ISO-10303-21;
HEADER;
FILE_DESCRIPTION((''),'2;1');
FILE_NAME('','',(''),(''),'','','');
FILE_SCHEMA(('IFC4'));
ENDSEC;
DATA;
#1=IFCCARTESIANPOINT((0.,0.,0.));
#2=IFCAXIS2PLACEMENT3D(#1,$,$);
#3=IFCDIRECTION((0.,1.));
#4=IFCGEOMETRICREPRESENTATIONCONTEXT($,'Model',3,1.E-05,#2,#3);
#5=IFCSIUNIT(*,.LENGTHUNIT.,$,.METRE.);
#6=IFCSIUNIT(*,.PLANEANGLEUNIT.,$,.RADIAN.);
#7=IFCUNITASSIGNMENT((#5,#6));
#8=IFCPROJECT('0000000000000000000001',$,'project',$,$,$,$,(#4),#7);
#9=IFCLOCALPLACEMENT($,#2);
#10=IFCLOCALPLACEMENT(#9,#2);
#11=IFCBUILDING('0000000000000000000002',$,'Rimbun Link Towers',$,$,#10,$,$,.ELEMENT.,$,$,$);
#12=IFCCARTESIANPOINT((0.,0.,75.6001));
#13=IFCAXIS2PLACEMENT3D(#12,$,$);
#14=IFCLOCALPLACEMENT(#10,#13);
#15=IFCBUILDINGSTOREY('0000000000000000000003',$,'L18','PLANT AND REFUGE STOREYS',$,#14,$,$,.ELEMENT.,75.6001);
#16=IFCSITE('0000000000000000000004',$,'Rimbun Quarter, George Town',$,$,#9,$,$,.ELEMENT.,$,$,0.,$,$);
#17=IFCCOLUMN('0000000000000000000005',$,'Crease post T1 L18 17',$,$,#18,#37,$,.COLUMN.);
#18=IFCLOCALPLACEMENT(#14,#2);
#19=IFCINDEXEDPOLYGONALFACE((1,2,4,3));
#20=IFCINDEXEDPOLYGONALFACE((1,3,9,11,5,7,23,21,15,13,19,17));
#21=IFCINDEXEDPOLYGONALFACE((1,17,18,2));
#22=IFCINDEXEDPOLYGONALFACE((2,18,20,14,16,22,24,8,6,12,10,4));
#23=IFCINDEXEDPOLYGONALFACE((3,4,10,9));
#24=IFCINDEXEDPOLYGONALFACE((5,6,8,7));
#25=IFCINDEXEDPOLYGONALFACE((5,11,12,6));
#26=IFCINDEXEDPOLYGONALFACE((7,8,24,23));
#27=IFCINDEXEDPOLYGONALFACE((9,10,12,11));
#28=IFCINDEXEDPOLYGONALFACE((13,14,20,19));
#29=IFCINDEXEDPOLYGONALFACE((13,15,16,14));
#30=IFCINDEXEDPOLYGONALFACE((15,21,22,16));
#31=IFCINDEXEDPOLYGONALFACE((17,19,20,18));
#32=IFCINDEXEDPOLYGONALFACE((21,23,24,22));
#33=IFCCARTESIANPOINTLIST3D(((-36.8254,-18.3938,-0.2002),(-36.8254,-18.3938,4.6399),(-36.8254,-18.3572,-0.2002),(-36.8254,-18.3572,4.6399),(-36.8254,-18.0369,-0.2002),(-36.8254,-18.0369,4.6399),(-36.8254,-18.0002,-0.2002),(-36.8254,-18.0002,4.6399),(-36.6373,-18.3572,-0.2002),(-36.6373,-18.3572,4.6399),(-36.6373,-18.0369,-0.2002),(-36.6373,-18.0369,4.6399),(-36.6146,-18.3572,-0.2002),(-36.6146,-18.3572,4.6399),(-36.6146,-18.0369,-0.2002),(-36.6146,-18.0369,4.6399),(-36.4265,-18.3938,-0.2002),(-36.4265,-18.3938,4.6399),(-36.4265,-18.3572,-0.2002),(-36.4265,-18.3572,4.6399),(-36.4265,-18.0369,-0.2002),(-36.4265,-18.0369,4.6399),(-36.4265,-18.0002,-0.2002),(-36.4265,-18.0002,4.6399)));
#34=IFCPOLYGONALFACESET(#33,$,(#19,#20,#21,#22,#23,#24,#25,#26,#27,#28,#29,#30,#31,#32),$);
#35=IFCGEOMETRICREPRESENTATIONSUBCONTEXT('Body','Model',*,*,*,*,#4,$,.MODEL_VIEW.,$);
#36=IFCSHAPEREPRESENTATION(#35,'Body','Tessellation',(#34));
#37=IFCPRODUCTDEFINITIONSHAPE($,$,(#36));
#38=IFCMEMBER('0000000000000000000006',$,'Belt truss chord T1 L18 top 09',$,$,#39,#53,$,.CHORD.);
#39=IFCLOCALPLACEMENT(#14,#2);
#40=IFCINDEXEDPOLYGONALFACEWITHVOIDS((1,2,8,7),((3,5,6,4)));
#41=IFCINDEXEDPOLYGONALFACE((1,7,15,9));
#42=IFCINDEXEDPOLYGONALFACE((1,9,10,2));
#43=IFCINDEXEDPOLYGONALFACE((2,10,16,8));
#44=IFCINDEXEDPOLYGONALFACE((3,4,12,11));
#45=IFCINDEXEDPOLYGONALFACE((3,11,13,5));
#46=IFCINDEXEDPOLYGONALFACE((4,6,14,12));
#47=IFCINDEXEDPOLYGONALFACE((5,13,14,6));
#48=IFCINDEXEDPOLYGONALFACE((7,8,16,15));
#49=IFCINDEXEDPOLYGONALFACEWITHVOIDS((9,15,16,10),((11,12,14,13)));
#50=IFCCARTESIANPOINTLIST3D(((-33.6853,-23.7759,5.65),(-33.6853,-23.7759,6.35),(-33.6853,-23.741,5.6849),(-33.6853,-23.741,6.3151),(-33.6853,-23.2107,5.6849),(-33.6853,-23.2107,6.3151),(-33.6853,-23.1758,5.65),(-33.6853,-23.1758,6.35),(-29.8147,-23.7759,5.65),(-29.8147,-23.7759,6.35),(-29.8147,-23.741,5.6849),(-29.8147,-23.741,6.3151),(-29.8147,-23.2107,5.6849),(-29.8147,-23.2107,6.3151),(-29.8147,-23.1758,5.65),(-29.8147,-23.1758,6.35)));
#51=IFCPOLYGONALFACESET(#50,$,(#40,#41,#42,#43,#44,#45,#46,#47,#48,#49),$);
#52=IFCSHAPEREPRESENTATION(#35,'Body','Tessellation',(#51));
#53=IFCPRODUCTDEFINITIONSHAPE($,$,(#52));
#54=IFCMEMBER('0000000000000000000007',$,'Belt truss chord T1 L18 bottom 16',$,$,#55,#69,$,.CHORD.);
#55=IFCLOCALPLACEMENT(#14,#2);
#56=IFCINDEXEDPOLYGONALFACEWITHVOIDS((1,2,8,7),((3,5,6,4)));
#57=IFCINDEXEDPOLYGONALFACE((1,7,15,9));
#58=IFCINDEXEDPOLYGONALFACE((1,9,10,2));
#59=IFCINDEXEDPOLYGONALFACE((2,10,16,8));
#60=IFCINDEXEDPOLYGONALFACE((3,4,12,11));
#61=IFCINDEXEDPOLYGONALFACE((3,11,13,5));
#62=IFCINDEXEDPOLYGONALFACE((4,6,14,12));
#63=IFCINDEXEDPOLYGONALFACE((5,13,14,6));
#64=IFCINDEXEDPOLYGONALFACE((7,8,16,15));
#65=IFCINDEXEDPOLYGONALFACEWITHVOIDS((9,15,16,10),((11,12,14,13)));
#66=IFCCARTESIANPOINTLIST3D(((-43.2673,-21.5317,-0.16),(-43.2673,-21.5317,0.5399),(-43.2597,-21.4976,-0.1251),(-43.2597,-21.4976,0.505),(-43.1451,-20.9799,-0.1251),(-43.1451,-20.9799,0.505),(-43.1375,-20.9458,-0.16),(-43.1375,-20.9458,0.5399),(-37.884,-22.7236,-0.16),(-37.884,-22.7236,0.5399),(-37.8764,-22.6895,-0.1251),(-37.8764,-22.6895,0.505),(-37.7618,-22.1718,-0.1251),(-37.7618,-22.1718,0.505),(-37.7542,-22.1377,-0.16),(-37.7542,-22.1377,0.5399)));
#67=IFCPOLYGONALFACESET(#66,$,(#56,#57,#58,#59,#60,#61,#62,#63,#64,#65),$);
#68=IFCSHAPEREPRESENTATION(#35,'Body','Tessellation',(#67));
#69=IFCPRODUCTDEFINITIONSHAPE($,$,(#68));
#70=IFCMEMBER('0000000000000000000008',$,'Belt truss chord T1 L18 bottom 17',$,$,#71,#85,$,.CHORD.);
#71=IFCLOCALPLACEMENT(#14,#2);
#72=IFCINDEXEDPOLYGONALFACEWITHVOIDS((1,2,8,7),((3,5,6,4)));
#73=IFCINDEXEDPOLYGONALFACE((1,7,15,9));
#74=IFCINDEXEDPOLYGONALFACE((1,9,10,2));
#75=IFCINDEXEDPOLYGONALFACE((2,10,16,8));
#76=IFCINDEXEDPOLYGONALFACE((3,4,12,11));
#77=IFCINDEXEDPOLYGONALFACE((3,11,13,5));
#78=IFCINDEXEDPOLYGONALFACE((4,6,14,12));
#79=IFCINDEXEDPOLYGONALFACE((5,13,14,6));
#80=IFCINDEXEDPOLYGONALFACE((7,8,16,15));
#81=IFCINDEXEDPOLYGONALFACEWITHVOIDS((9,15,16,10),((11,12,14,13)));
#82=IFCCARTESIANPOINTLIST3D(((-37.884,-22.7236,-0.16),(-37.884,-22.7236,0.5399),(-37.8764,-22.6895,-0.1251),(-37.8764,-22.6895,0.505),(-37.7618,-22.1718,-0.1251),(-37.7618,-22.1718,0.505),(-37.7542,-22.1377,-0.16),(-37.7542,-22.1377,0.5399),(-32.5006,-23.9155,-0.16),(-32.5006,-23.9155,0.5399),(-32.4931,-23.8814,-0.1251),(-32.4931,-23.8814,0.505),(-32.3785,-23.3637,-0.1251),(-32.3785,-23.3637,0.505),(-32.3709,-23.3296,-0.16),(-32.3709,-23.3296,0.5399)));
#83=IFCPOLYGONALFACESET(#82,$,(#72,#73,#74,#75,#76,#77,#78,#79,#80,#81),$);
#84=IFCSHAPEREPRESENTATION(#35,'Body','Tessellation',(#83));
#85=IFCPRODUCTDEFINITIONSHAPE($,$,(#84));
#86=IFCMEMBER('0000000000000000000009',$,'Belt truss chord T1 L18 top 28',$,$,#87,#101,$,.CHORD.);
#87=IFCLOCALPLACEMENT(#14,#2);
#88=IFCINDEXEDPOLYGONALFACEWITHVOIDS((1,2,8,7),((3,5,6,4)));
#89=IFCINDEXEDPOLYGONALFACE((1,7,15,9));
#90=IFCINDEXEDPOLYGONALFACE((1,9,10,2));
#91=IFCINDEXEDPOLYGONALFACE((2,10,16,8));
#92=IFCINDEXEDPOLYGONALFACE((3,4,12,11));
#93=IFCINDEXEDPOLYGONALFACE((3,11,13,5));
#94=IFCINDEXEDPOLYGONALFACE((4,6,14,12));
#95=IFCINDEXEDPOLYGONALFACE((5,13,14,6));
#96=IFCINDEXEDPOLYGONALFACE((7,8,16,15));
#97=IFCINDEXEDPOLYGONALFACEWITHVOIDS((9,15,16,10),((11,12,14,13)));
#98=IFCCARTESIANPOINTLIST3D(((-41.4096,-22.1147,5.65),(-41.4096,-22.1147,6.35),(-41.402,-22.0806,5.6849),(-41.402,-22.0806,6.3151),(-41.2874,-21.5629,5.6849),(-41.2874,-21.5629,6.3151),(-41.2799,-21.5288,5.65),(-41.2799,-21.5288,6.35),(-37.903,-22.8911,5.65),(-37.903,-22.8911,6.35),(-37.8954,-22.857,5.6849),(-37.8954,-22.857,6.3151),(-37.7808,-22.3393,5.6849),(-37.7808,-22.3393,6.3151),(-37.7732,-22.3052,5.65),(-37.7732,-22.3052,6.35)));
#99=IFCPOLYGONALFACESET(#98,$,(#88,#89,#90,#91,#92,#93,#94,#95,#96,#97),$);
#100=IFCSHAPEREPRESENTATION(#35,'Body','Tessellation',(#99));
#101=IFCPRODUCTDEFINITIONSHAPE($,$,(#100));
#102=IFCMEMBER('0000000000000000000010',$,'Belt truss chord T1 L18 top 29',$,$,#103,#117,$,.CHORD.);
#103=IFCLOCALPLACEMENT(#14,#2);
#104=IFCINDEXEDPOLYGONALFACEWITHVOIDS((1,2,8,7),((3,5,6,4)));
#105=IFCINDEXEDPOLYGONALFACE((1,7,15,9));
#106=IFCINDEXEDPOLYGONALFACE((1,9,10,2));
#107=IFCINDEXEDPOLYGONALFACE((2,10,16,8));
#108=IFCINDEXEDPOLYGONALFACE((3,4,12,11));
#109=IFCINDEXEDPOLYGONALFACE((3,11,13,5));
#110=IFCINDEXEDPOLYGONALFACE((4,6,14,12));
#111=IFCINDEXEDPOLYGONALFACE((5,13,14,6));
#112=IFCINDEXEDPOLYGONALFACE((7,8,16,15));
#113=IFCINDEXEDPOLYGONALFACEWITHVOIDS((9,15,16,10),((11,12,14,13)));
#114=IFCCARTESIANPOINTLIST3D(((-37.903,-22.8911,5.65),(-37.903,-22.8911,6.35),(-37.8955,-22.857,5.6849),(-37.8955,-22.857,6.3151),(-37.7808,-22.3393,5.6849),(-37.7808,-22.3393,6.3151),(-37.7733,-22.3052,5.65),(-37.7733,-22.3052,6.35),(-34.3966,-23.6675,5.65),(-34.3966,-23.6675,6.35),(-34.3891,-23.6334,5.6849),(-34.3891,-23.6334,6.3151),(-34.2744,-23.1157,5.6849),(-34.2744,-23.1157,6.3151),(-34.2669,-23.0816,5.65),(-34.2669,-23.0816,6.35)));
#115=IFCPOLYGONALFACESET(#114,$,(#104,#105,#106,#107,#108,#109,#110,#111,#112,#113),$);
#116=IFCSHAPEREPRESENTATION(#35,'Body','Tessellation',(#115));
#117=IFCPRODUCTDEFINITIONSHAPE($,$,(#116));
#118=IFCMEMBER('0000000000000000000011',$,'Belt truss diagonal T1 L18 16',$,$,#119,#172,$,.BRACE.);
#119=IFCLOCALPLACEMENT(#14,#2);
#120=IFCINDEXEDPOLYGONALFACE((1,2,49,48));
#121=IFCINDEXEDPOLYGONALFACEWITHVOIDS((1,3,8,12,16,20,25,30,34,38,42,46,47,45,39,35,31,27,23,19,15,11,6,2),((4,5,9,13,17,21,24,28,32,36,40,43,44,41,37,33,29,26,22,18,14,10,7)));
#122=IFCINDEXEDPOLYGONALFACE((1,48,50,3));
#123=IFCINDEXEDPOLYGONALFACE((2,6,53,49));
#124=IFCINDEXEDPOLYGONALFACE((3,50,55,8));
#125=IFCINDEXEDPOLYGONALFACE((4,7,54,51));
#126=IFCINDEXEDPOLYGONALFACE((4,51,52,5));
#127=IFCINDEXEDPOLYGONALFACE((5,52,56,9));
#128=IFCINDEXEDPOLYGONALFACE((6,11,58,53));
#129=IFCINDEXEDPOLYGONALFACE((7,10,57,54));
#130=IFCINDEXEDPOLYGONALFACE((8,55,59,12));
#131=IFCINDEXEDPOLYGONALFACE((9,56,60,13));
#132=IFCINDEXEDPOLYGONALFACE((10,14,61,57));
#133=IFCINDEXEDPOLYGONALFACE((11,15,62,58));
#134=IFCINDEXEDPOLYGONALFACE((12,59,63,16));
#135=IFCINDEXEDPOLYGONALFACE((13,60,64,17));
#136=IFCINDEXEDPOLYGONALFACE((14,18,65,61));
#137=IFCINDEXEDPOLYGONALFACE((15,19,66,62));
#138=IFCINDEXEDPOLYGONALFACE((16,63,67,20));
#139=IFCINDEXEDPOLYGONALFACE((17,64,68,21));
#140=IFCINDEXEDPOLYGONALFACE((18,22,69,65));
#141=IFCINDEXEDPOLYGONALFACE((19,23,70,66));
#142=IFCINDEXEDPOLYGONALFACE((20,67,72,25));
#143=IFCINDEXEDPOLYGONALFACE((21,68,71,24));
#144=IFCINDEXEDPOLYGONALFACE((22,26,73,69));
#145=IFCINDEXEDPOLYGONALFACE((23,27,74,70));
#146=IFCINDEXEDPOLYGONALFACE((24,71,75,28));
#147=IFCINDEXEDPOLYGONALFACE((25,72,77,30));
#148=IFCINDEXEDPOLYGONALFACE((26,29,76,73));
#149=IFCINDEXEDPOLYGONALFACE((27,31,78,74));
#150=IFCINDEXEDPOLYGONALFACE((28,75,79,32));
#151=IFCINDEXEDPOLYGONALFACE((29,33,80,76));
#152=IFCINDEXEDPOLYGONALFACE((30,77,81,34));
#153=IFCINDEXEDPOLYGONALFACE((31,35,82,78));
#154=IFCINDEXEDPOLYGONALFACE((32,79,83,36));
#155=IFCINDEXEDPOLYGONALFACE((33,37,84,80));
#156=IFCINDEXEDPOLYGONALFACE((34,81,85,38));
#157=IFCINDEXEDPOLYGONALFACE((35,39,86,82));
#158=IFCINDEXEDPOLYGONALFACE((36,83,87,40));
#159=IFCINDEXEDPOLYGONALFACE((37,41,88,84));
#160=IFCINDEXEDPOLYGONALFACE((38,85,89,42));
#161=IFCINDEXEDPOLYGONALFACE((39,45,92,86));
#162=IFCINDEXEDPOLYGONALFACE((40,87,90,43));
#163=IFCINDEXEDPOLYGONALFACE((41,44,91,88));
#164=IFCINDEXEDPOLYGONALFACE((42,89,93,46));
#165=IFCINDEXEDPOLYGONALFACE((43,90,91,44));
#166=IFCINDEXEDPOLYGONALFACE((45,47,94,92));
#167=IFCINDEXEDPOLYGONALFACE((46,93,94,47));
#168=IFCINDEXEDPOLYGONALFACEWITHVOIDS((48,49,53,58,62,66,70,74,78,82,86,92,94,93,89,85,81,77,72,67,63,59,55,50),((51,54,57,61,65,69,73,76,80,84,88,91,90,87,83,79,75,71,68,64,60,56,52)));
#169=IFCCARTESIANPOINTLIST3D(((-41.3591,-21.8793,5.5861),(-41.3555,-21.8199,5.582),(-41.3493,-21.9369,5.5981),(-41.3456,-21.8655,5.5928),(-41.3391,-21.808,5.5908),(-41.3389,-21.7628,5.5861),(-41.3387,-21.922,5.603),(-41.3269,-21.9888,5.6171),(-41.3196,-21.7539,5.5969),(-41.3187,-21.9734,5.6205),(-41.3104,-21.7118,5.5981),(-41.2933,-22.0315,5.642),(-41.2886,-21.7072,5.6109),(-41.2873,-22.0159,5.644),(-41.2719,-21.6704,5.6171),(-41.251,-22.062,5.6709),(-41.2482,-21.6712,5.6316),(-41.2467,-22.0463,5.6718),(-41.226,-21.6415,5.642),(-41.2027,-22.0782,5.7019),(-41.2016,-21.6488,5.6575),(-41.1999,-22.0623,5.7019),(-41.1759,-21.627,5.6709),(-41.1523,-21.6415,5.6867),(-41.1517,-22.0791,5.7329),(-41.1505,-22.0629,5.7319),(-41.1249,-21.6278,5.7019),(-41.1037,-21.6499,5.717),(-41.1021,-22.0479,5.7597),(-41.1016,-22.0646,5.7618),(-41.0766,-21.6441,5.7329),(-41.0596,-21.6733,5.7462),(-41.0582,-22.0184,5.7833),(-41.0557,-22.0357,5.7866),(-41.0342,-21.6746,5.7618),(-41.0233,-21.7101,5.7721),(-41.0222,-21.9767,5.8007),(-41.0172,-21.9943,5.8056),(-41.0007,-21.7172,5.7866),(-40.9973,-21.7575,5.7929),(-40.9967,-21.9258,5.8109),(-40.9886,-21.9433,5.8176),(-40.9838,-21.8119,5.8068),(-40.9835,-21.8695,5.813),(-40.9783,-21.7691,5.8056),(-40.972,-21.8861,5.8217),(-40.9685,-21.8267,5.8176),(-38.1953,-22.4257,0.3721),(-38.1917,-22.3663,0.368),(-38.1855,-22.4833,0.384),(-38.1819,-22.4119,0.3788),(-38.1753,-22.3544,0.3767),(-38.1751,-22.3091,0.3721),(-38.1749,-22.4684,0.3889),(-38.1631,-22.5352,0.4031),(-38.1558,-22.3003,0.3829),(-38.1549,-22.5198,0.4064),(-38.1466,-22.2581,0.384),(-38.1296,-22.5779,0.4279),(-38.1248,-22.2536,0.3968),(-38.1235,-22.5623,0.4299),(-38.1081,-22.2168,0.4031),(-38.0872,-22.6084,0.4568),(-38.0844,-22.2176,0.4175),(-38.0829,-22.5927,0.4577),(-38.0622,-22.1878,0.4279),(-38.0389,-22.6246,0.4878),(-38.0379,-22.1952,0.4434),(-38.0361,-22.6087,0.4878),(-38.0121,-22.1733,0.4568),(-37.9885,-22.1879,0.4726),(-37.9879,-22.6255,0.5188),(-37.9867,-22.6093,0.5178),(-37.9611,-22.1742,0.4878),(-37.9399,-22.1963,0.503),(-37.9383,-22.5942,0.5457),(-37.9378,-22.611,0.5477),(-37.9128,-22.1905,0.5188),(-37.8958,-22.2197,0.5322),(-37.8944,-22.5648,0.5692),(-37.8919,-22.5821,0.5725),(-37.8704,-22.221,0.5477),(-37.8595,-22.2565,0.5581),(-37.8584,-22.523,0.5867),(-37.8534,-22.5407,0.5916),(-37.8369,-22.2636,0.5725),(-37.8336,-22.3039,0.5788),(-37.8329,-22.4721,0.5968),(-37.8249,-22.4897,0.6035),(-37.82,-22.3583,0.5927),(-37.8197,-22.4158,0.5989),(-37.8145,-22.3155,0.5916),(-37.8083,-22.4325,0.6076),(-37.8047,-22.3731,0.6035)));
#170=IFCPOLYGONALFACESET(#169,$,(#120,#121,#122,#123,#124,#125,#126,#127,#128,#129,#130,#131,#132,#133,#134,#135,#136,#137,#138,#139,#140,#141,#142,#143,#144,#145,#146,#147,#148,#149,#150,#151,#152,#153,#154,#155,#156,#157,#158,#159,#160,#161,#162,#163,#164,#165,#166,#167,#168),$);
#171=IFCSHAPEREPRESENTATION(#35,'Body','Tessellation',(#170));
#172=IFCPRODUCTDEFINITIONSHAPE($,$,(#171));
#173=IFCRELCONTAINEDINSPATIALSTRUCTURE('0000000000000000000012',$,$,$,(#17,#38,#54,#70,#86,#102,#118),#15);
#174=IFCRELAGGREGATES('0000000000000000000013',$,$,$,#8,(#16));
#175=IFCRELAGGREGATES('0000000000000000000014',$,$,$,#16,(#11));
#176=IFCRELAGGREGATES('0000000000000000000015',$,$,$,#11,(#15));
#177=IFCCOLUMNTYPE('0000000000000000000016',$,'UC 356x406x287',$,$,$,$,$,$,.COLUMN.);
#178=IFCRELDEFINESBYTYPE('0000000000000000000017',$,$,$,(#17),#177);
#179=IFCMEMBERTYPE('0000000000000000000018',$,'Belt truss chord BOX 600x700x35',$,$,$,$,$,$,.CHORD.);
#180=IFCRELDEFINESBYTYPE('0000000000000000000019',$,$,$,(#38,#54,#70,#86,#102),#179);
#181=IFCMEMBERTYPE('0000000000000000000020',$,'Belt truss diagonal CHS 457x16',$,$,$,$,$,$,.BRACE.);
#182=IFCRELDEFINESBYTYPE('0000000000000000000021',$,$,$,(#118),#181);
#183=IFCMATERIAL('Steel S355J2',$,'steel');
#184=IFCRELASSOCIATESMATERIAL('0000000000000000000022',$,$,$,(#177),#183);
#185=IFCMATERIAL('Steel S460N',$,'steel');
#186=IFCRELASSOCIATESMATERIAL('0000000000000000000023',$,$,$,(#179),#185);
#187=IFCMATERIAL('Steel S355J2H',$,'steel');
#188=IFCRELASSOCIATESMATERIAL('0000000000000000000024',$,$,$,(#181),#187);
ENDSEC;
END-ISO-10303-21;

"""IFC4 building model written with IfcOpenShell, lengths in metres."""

from ifc_helpers import new_model, si_unit, direction, frame, origin, origin_2d, place, context, subcontext, project, spatial, hollow_rectangle, hollow_circle, i_section, extrude, material, material_profile, profile_set, type_object, element, save


model = new_model("IFC4")

# Units and contexts
model_context = context("Model", 3, precision=1e-05, world=origin(), true_north=direction((0.0, 1.0)))
body_context = subcontext(model_context, "Body", "Model", "MODEL_VIEW")
ifc_project = project(units=[si_unit("LENGTHUNIT", "METRE"), si_unit("PLANEANGLEUNIT", "RADIAN")], contexts=[model_context])

# Site, building, storey
site_placement = place(None, origin())
site = spatial("IfcSite", under=ifc_project, at=site_placement, Name="Rimbun Quarter, George Town", CompositionType="ELEMENT", RefElevation=0.0)
building_placement = place(site_placement, origin())
building = spatial("IfcBuilding", under=site, at=building_placement, Name="Rimbun Link Towers", CompositionType="ELEMENT")
storey_placement = place(building_placement, frame((0.0, 0.0, 75.6001)))
storey = spatial("IfcBuildingStorey", under=building, at=storey_placement, Name="L18", Description="PLANT AND REFUGE STOREYS", CompositionType="ELEMENT", Elevation=75.6001)

# Column
ifc_material_1 = material(Name="Steel S355J2", Category="steel")
ifc_material_profile_1 = material_profile(ifc_material_1, i_section(OverallWidth=0.3989, OverallDepth=0.3936, WebThickness=0.0227, FlangeThickness=0.0366, at=origin_2d()), Name="UC 356x406x287")
ifc_profile_set_1 = profile_set([ifc_material_profile_1], Name="Steel S355J2")
column_type = type_object("IfcColumnType", Name="UC 356x406x287", PredefinedType="COLUMN", material=ifc_profile_set_1)
column_placement = place(storey_placement, frame((-36.626, -18.197, -0.2002), z_axis=(0.0, 0.0, 1.0), x_axis=(1.0, 0.0, 0.0)))
element("IfcColumn", 1, at=column_placement, inside=storey, type_object=column_type, Name="Crease post T1 L18 17", PredefinedType="COLUMN", context=body_context, shape_type="SweptSolid", body=[
    extrude(i_section(OverallWidth=0.3989, OverallDepth=0.3936, WebThickness=0.0227, FlangeThickness=0.0366, at=origin_2d()), origin(), (0.0, 0.0, 1.0), 4.8401),
])

# Members
ifc_material_2 = material(Name="Steel S460N", Category="steel")
ifc_material_profile_2 = material_profile(ifc_material_2, hollow_rectangle(XDim=0.6001, YDim=0.7, WallThickness=0.0349, at=origin_2d()), Name="Belt truss chord BOX 600x700x35")
ifc_profile_set_2 = profile_set([ifc_material_profile_2], Name="Steel S460N")
member_type_1 = type_object("IfcMemberType", Name="Belt truss chord BOX 600x700x35", PredefinedType="CHORD", material=ifc_profile_set_2)
member_1_placement = place(storey_placement, frame((-33.6853, -23.4758, 6.0), z_axis=(1.0, 0.0, 0.0), x_axis=(0.0, 1.0, 0.0)))
element("IfcMember", 2, at=member_1_placement, inside=storey, type_object=member_type_1, Name="Belt truss chord T1 L18 top 09", PredefinedType="CHORD", context=body_context, shape_type="SweptSolid", body=[
    extrude(hollow_rectangle(XDim=0.6001, YDim=0.7, WallThickness=0.0349, at=origin_2d()), origin(), (0.0, 0.0, 1.0), 3.8706),
])
for number, where, z_axis, x_axis, name in (
    (3, (-43.2024, -21.2388, 0.1899), (0.976356, -0.216171, 0.0), (0.216171, 0.976356, 0.0), "Belt truss chord T1 L18 bottom 16"),
    (4, (-37.8191, -22.4307, 0.1899), (0.976356, -0.216171, 0.0), (0.216171, 0.976356, 0.0), "Belt truss chord T1 L18 bottom 17"),
):
    element("IfcMember", number, at=place(storey_placement, frame(where, z_axis=z_axis, x_axis=x_axis)), inside=storey, type_object=member_type_1, Name=name, PredefinedType="CHORD", context=body_context, shape_type="SweptSolid", body=[
        extrude(hollow_rectangle(XDim=0.6001, YDim=0.7, WallThickness=0.0349, at=origin_2d()), origin(), (0.0, 0.0, 1.0), 5.5137),
    ])
member_2_placement = place(storey_placement, frame((-41.3447, -21.8218, 6.0), z_axis=(0.976356, -0.216167, 0.0), x_axis=(0.216167, 0.976356, 0.0)))
element("IfcMember", 5, at=member_2_placement, inside=storey, type_object=member_type_1, Name="Belt truss chord T1 L18 top 28", PredefinedType="CHORD", context=body_context, shape_type="SweptSolid", body=[
    extrude(hollow_rectangle(XDim=0.6001, YDim=0.7, WallThickness=0.0349, at=origin_2d()), origin(), (0.0, 0.0, 1.0), 3.5916),
])
member_3_placement = place(storey_placement, frame((-37.8381, -22.5981, 6.0), z_axis=(0.976353, -0.216182, 0.0), x_axis=(0.216182, 0.976353, 0.0)))
element("IfcMember", 6, at=member_3_placement, inside=storey, type_object=member_type_1, Name="Belt truss chord T1 L18 top 29", PredefinedType="CHORD", context=body_context, shape_type="SweptSolid", body=[
    extrude(hollow_rectangle(XDim=0.6001, YDim=0.7, WallThickness=0.0349, at=origin_2d()), origin(), (0.0, 0.0, 1.0), 3.5913),
])
ifc_material_3 = material(Name="Steel S355J2H", Category="steel")
ifc_material_profile_3 = material_profile(ifc_material_3, hollow_circle(Radius=0.2285, WallThickness=0.0161, at=origin_2d()), Name="Belt truss diagonal CHS 457x16")
ifc_profile_set_3 = profile_set([ifc_material_profile_3], Name="Steel S355J2H")
member_type_2 = type_object("IfcMemberType", Name="Belt truss diagonal CHS 457x16", PredefinedType="BRACE", material=ifc_profile_set_3)
member_4_placement = place(storey_placement, frame((-38.0, -22.3994, 0.4878), z_axis=(-0.516682, 0.08923, 0.851515), x_axis=(-0.170179, -0.985413, 0.0)))
element("IfcMember", 7, at=member_4_placement, inside=storey, type_object=member_type_2, Name="Belt truss diagonal T1 L18 16", PredefinedType="BRACE", context=body_context, shape_type="SweptSolid", body=[
    extrude(hollow_circle(Radius=0.2285, WallThickness=0.0161, at=origin_2d()), origin(), (0.0, 0.0, 1.0), 6.1233),
])

save(model, "model.ifc")
